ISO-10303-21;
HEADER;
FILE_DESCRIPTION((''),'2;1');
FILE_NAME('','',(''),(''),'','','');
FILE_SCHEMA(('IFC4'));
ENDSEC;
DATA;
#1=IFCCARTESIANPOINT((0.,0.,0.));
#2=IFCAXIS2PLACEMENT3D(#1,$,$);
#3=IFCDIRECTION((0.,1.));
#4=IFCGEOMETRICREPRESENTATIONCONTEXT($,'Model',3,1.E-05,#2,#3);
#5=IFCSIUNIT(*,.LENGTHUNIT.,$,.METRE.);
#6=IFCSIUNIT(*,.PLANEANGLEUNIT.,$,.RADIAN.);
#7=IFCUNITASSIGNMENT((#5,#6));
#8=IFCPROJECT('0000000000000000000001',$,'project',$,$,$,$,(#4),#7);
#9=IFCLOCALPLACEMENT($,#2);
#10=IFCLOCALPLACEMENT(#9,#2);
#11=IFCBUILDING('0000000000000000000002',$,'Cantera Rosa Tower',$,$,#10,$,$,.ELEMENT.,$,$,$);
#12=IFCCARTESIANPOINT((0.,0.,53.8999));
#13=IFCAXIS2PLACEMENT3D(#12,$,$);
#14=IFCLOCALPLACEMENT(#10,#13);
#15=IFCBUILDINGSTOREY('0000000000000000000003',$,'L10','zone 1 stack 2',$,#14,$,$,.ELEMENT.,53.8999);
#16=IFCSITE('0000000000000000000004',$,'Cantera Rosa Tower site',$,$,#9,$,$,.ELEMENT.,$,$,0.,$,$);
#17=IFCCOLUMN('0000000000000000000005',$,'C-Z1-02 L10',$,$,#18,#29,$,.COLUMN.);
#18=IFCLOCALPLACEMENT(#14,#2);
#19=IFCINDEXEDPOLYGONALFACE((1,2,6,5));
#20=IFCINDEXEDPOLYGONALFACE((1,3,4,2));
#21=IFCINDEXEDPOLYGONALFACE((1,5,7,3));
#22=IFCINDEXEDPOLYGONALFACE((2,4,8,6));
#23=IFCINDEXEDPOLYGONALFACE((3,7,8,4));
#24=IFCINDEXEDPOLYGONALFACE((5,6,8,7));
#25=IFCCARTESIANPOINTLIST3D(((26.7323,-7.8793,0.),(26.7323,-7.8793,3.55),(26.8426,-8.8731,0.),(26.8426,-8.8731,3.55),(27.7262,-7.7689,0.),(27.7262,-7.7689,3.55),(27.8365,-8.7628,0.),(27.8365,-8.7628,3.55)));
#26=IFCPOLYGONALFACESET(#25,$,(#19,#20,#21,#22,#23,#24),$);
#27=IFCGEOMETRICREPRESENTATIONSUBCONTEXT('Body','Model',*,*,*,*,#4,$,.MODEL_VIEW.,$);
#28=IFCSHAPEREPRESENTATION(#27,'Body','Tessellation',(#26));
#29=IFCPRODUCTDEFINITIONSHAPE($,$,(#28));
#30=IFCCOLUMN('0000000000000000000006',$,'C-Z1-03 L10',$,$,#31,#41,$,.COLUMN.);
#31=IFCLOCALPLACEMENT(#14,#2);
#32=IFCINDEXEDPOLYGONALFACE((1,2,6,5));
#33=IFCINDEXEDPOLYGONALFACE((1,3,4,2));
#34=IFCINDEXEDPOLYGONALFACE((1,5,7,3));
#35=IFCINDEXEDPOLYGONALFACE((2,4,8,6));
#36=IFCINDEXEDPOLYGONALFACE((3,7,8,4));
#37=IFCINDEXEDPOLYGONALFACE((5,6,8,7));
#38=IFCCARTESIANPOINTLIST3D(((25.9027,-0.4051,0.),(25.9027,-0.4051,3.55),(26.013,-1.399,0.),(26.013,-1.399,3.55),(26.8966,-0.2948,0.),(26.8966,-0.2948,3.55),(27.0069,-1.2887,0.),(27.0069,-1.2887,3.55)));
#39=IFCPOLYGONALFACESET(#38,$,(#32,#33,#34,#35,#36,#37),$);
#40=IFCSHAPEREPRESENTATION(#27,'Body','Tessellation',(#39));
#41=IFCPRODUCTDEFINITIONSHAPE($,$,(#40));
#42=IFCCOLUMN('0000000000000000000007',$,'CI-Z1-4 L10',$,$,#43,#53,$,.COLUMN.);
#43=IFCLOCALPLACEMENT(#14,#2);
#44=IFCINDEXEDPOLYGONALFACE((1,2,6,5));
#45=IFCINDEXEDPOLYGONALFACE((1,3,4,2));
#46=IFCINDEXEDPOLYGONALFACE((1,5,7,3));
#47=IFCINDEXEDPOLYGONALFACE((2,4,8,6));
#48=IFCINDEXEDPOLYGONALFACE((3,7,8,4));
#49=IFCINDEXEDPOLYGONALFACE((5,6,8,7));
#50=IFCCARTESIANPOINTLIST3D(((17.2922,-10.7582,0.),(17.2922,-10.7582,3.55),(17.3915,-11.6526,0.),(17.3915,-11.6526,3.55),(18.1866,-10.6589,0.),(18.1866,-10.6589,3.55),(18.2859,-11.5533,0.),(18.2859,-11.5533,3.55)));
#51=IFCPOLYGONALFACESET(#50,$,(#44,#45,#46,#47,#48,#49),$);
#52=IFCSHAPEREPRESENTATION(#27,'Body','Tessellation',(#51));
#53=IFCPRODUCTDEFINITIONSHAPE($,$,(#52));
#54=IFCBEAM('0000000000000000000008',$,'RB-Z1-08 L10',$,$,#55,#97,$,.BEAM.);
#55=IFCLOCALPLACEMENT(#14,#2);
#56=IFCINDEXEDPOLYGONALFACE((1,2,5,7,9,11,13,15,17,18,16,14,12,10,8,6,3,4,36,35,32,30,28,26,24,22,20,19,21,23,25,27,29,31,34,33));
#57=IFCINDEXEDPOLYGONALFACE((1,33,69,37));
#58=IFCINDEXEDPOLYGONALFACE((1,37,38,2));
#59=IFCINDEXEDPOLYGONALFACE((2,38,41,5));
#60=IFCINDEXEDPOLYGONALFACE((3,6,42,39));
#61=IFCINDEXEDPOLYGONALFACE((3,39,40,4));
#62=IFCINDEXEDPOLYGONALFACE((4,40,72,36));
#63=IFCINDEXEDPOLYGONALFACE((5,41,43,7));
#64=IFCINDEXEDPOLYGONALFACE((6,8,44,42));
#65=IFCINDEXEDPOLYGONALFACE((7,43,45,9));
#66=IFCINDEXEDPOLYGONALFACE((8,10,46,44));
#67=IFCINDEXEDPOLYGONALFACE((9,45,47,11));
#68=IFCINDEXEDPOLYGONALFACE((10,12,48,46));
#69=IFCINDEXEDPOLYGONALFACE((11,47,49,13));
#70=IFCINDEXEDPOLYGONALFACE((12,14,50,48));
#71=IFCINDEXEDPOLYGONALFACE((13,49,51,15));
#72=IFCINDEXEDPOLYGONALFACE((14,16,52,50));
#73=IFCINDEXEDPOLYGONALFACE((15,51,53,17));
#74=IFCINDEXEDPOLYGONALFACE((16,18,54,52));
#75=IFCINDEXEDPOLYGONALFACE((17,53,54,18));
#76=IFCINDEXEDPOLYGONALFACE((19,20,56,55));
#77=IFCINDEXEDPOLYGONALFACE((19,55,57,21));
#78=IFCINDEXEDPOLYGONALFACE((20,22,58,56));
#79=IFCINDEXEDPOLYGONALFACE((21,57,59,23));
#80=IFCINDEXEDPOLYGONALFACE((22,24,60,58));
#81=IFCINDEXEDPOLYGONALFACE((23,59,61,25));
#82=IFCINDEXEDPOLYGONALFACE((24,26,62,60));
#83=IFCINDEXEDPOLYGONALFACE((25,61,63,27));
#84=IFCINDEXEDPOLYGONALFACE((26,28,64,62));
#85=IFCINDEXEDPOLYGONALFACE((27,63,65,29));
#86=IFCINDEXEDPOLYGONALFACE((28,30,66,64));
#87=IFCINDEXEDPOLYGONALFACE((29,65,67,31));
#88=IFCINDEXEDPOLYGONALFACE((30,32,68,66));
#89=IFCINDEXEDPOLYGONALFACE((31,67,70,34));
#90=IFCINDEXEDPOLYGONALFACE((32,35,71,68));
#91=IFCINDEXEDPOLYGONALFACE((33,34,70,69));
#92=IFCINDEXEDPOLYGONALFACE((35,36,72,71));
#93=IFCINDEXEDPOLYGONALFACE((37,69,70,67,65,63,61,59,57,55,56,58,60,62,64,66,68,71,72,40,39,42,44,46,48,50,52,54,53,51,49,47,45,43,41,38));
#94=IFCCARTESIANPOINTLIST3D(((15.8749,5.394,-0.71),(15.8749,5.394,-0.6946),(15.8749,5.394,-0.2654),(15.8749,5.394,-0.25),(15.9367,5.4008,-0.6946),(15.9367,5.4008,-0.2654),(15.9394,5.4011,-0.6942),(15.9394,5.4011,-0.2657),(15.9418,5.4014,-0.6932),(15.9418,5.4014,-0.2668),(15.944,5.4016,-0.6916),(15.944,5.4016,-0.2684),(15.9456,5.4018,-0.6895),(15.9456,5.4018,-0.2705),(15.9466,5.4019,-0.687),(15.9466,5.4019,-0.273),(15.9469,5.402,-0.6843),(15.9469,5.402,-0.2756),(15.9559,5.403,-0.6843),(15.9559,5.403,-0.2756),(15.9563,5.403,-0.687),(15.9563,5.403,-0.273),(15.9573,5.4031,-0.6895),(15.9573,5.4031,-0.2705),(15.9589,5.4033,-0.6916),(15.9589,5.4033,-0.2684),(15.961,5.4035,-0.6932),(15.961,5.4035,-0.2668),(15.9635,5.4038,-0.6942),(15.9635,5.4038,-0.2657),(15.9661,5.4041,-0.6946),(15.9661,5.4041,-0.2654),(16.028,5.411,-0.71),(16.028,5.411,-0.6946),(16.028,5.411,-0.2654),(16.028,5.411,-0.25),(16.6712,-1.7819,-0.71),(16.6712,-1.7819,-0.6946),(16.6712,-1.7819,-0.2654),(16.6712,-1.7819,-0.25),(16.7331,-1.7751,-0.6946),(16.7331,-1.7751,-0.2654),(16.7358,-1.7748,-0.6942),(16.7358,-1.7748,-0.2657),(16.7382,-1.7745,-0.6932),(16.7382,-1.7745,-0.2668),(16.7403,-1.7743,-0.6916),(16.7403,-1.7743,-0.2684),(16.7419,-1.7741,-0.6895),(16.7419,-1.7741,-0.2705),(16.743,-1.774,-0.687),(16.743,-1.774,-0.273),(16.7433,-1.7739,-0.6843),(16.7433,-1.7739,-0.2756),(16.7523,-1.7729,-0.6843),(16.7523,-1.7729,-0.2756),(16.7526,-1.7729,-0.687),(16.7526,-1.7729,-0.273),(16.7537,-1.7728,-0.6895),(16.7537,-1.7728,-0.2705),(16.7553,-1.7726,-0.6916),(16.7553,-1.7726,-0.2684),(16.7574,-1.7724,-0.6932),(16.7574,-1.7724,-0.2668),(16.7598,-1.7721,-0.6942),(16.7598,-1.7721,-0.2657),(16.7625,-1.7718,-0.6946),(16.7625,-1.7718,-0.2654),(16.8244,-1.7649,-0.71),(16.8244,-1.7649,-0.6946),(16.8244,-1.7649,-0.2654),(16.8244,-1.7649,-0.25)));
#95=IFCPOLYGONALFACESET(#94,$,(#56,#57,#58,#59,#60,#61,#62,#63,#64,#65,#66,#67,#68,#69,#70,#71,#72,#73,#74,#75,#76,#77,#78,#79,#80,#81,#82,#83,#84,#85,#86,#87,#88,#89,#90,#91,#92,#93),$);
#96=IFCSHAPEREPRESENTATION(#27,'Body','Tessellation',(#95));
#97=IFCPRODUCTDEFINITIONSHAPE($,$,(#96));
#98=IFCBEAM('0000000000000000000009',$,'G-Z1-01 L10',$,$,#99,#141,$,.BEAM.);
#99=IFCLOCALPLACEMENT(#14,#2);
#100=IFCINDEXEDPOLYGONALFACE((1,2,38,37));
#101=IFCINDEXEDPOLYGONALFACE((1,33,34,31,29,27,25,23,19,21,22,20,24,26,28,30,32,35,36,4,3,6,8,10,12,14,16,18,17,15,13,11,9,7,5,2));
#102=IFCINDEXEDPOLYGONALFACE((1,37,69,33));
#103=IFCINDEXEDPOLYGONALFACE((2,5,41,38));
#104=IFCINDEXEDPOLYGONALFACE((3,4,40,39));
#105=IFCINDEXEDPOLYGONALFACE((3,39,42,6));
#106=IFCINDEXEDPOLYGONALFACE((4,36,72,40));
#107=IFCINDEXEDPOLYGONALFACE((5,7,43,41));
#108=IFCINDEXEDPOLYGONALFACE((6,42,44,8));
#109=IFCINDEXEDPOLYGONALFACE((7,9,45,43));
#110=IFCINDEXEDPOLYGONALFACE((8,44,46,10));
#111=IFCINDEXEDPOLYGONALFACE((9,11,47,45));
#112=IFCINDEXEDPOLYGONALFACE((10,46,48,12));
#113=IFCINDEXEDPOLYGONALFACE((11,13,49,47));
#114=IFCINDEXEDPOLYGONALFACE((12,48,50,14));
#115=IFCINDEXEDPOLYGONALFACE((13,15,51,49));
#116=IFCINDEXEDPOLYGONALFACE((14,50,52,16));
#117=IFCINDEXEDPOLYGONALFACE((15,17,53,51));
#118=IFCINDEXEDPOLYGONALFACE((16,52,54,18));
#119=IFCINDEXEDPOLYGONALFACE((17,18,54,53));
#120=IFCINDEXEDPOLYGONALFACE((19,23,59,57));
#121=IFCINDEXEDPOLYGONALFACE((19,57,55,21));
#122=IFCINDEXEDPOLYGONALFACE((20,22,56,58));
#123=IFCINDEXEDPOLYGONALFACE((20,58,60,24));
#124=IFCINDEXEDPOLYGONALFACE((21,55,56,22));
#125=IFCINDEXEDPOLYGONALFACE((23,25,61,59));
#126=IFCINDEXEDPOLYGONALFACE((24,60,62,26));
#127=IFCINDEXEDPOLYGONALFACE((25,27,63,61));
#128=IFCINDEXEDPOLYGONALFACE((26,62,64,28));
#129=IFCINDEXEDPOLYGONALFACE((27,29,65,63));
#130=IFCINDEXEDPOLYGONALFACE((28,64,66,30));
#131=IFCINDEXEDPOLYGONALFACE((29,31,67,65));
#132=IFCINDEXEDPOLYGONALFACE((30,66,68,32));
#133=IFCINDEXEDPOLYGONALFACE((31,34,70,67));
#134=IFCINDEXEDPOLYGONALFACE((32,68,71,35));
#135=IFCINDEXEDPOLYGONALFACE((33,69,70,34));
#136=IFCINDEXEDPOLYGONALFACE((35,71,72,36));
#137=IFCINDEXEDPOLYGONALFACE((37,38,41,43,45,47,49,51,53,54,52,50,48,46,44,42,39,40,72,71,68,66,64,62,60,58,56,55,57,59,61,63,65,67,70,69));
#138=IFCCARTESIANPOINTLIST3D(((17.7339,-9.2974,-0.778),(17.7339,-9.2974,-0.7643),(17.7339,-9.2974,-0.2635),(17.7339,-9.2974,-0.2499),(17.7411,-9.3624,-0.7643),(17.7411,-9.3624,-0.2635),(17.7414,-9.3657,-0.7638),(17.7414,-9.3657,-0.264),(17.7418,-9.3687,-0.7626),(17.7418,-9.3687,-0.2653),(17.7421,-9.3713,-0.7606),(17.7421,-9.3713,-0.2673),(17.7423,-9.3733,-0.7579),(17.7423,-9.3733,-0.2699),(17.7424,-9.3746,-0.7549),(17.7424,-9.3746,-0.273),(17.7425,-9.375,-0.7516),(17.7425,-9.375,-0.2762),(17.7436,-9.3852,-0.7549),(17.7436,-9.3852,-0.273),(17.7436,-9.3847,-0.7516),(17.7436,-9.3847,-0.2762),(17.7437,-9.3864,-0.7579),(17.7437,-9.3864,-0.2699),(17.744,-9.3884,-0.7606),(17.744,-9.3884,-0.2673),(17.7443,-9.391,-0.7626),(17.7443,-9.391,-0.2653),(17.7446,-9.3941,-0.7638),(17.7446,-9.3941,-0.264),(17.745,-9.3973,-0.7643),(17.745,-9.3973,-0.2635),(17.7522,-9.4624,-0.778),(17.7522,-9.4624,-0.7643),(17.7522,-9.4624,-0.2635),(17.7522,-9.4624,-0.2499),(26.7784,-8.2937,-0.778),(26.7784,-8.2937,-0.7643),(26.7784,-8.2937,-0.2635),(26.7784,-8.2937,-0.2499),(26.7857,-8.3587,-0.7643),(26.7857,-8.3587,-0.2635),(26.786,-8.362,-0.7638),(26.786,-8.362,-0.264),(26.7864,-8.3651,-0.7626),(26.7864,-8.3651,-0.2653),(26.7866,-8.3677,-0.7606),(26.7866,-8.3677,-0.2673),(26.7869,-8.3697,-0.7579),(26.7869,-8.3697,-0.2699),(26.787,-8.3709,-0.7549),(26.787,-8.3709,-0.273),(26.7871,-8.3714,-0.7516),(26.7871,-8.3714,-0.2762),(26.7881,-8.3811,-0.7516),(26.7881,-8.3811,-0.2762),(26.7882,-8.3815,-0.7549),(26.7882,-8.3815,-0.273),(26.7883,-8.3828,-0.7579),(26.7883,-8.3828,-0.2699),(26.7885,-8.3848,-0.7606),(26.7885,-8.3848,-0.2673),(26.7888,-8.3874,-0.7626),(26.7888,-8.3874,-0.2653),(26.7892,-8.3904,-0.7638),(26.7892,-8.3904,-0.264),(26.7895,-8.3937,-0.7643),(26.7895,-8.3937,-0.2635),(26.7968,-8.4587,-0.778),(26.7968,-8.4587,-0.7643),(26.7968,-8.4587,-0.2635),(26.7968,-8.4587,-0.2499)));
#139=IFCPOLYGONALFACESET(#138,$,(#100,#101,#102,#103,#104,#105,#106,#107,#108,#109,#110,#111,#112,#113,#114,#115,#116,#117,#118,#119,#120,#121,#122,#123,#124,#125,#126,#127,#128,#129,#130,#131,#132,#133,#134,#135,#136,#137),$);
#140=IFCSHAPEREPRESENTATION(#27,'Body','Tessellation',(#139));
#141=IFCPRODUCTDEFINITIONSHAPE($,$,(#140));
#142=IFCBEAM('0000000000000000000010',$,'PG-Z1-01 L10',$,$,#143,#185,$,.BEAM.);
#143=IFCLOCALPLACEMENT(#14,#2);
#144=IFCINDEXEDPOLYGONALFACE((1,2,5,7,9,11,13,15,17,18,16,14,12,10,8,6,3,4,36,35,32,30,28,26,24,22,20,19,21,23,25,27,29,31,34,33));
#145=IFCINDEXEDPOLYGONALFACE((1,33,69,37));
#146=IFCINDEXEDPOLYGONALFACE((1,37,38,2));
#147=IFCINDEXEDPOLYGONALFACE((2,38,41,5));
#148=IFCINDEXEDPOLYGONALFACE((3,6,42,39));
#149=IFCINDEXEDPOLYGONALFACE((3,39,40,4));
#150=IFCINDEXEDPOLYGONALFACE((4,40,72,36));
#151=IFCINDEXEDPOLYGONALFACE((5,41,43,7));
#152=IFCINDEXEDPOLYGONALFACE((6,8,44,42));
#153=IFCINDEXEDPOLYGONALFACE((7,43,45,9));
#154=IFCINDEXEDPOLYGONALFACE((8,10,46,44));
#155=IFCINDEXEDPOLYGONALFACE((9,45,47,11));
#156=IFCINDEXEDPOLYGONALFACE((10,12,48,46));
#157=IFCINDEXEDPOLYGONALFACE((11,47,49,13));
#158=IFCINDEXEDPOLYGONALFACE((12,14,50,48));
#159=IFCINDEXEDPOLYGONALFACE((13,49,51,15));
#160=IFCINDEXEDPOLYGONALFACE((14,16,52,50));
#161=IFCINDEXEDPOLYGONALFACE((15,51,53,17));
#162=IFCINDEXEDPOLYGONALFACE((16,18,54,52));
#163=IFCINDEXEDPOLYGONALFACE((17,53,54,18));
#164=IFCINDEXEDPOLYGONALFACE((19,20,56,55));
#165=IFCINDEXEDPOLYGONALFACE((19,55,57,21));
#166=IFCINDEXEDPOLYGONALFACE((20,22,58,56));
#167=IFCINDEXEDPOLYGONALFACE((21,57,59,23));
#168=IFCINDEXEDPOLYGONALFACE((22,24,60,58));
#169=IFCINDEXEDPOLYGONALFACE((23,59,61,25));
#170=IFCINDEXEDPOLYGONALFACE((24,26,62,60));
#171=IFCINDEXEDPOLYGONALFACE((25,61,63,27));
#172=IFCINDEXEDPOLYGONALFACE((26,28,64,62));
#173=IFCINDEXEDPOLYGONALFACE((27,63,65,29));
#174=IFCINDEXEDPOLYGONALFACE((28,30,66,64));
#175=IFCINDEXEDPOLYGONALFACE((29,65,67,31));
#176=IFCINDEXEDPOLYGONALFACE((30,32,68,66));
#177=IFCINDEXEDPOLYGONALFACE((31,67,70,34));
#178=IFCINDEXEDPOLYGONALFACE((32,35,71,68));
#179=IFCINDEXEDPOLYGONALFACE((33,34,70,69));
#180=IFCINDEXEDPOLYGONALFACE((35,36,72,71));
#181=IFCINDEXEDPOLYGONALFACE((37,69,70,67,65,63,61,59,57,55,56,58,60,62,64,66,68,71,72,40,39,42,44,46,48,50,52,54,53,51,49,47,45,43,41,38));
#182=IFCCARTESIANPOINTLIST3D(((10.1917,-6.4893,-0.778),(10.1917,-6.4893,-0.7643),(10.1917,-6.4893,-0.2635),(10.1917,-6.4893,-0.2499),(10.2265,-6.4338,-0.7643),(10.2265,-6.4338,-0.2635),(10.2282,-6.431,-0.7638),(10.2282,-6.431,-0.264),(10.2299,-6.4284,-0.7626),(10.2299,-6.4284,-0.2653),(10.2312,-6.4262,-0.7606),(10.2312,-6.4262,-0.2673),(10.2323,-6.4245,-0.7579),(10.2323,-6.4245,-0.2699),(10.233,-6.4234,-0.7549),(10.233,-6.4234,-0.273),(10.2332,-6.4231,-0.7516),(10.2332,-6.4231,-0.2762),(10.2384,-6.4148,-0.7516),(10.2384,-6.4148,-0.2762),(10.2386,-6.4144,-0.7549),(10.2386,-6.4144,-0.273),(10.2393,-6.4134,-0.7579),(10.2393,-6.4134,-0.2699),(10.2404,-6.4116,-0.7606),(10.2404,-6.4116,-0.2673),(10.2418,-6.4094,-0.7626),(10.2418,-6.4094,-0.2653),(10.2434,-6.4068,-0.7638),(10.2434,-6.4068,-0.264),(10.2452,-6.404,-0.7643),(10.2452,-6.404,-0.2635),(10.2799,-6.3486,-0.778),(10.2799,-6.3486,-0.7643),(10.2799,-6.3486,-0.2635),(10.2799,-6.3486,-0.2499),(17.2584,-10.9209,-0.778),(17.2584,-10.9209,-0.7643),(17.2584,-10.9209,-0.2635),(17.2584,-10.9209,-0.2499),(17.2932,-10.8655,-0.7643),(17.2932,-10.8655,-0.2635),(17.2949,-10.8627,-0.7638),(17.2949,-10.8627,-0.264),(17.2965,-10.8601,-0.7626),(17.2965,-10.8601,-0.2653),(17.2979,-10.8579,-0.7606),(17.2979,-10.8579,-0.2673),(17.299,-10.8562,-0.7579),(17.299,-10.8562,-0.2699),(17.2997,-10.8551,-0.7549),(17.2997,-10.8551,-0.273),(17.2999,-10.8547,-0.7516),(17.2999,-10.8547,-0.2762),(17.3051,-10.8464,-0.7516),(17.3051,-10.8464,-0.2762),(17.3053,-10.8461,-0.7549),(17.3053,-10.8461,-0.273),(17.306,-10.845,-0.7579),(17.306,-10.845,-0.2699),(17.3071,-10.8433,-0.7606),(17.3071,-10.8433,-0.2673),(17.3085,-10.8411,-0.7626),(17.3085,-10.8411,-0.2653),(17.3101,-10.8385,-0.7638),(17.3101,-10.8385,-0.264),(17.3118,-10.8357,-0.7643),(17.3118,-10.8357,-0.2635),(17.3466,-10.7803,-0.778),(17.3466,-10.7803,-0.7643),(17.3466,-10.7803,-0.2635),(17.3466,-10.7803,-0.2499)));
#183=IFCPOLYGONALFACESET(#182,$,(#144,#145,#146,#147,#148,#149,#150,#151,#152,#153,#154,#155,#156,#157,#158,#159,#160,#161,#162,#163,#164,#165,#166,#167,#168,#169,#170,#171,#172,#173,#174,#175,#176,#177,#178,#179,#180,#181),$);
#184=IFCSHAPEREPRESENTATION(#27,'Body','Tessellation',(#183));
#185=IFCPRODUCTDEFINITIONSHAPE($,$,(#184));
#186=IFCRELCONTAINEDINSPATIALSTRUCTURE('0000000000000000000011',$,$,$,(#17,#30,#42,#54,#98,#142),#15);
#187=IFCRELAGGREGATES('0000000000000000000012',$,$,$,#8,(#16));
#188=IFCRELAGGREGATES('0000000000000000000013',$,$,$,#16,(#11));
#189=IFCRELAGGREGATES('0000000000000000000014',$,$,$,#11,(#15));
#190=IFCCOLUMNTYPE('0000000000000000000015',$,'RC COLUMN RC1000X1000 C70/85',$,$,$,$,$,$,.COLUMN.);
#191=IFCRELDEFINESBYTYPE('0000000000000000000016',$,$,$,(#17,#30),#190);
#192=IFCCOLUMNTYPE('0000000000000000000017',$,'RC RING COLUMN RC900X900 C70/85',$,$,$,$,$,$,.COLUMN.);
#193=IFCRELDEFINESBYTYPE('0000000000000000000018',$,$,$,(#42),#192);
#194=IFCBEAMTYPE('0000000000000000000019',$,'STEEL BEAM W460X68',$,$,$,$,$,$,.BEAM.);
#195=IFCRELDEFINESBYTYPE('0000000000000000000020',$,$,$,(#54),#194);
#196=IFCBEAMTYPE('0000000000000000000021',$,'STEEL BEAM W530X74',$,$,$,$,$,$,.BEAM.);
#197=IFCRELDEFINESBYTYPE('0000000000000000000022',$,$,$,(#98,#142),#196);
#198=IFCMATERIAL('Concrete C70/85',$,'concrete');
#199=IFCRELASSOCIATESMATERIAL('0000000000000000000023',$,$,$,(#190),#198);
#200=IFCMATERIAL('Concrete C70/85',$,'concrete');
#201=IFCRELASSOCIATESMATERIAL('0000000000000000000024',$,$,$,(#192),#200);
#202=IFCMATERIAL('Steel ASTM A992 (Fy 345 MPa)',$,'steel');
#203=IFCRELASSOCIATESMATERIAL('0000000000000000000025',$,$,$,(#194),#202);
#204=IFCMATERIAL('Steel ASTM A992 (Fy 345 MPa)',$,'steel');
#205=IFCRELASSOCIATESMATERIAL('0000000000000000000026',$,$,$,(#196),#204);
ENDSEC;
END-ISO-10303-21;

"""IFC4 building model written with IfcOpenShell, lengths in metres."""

from ifc_helpers import new_model, si_unit, direction, frame, origin, origin_2d, place, context, subcontext, project, spatial, rectangle, i_section, extrude, material, material_profile, profile_set, type_object, element, save


model = new_model("IFC4")

# Units and contexts
model_context = context("Model", 3, precision=1e-05, world=origin(), true_north=direction((0.0, 1.0)))
body_context = subcontext(model_context, "Body", "Model", "MODEL_VIEW")
ifc_project = project(units=[si_unit("LENGTHUNIT", "METRE"), si_unit("PLANEANGLEUNIT", "RADIAN")], contexts=[model_context])

# Site, building, storey
site_placement = place(None, origin())
site = spatial("IfcSite", under=ifc_project, at=site_placement, Name="Cantera Rosa Tower site", CompositionType="ELEMENT", RefElevation=0.0)
building_placement = place(site_placement, origin())
building = spatial("IfcBuilding", under=site, at=building_placement, Name="Cantera Rosa Tower", CompositionType="ELEMENT")
storey_placement = place(building_placement, frame((0.0, 0.0, 53.8999)))
storey = spatial("IfcBuildingStorey", under=building, at=storey_placement, Name="L10", Description="zone 1 stack 2", CompositionType="ELEMENT", Elevation=53.8999)

# Columns
ifc_material_1 = material(Name="Concrete C70/85", Category="concrete")
ifc_material_profile_1 = material_profile(ifc_material_1, rectangle(XDim=1.0, YDim=1.0, at=origin_2d()), Name="RC COLUMN RC1000X1000 C70/85")
ifc_profile_set_1 = profile_set([ifc_material_profile_1], Name="Concrete C70/85")
column_type_1 = type_object("IfcColumnType", Name="RC COLUMN RC1000X1000 C70/85", PredefinedType="COLUMN", material=ifc_profile_set_1)
for number, where, z_axis, x_axis, name in (
    (1, (27.2844, -8.321, 0.0), (0.0, 0.0, 1.0), (0.993897, 0.110313, 0.0), "C-Z1-02 L10"),
    (2, (26.4548, -0.8469, 0.0), (0.0, 0.0, 1.0), (0.993897, 0.110313, 0.0), "C-Z1-03 L10"),
):
    element("IfcColumn", number, at=place(storey_placement, frame(where, z_axis=z_axis, x_axis=x_axis)), inside=storey, type_object=column_type_1, Name=name, PredefinedType="COLUMN", context=body_context, shape_type="SweptSolid", body=[
        extrude(rectangle(XDim=1.0, YDim=1.0, at=origin_2d()), origin(), (0.0, 0.0, 1.0), 3.55),
    ])
ifc_material_2 = material(Name="Concrete C70/85", Category="concrete")
ifc_material_profile_2 = material_profile(ifc_material_2, rectangle(XDim=0.8999, YDim=0.8999, at=origin_2d()), Name="RC RING COLUMN RC900X900 C70/85")
ifc_profile_set_2 = profile_set([ifc_material_profile_2], Name="Concrete C70/85")
column_type_2 = type_object("IfcColumnType", Name="RC RING COLUMN RC900X900 C70/85", PredefinedType="COLUMN", material=ifc_profile_set_2)
column_placement = place(storey_placement, frame((17.7891, -11.1558, 0.0), z_axis=(0.0, 0.0, 1.0), x_axis=(0.993897, 0.110313, 0.0)))
element("IfcColumn", 3, at=column_placement, inside=storey, type_object=column_type_2, Name="CI-Z1-4 L10", PredefinedType="COLUMN", context=body_context, shape_type="SweptSolid", body=[
    extrude(rectangle(XDim=0.8999, YDim=0.8999, at=origin_2d()), origin(), (0.0, 0.0, 1.0), 3.55),
])

# Beams
ifc_material_3 = material(Name="Steel ASTM A992 (Fy 345 MPa)", Category="steel")
ifc_material_profile_3 = material_profile(ifc_material_3, i_section(OverallWidth=0.1541, OverallDepth=0.46, WebThickness=0.009, FlangeThickness=0.0154, FilletRadius=0.0103, at=origin_2d()), Name="W460X68")
ifc_profile_set_3 = profile_set([ifc_material_profile_3], Name="Steel ASTM A992 (Fy 345 MPa)")
beam_type_1 = type_object("IfcBeamType", Name="STEEL BEAM W460X68", PredefinedType="BEAM", material=ifc_profile_set_3)
beam_1_placement = place(storey_placement, frame((16.7478, -1.7734, -0.48), z_axis=(-0.110302, 0.993898, 0.0), x_axis=(-0.993898, -0.110302, 0.0)))
element("IfcBeam", 4, at=beam_1_placement, inside=storey, type_object=beam_type_1, Name="RB-Z1-08 L10", PredefinedType="BEAM", context=body_context, shape_type="SweptSolid", body=[
    extrude(i_section(OverallWidth=0.1541, OverallDepth=0.46, WebThickness=0.009, FlangeThickness=0.0154, FilletRadius=0.0103, at=origin_2d()), origin(), (0.0, 0.0, 1.0), 7.22),
])
ifc_material_4 = material(Name="Steel ASTM A992 (Fy 345 MPa)", Category="steel")
ifc_material_profile_4 = material_profile(ifc_material_4, i_section(OverallWidth=0.166, OverallDepth=0.5281, WebThickness=0.0098, FlangeThickness=0.0137, FilletRadius=0.0127, at=origin_2d()), Name="W530X74")
ifc_profile_set_4 = profile_set([ifc_material_profile_4], Name="Steel ASTM A992 (Fy 345 MPa)")
beam_type_2 = type_object("IfcBeamType", Name="STEEL BEAM W530X74", PredefinedType="BEAM", material=ifc_profile_set_4)
beam_2_placement = place(storey_placement, frame((26.7876, -8.3762, -0.5139), z_axis=(-0.993899, -0.11029, 0.0), x_axis=(0.11029, -0.993899, 0.0)))
element("IfcBeam", 5, at=beam_2_placement, inside=storey, type_object=beam_type_2, Name="G-Z1-01 L10", PredefinedType="BEAM", context=body_context, shape_type="SweptSolid", body=[
    extrude(i_section(OverallWidth=0.166, OverallDepth=0.5281, WebThickness=0.0098, FlangeThickness=0.0137, FilletRadius=0.0127, at=origin_2d()), origin(), (0.0, 0.0, 1.0), 9.1001),
])
beam_3_placement = place(storey_placement, frame((17.3025, -10.8506, -0.5139), z_axis=(-0.84719, 0.53129, 0.0), x_axis=(-0.53129, -0.84719, 0.0)))
element("IfcBeam", 6, at=beam_3_placement, inside=storey, type_object=beam_type_2, Name="PG-Z1-01 L10", PredefinedType="BEAM", context=body_context, shape_type="SweptSolid", body=[
    extrude(i_section(OverallWidth=0.166, OverallDepth=0.5281, WebThickness=0.0098, FlangeThickness=0.0137, FilletRadius=0.0127, at=origin_2d()), origin(), (0.0, 0.0, 1.0), 8.3413),
])

save(model, "model.ifc")
